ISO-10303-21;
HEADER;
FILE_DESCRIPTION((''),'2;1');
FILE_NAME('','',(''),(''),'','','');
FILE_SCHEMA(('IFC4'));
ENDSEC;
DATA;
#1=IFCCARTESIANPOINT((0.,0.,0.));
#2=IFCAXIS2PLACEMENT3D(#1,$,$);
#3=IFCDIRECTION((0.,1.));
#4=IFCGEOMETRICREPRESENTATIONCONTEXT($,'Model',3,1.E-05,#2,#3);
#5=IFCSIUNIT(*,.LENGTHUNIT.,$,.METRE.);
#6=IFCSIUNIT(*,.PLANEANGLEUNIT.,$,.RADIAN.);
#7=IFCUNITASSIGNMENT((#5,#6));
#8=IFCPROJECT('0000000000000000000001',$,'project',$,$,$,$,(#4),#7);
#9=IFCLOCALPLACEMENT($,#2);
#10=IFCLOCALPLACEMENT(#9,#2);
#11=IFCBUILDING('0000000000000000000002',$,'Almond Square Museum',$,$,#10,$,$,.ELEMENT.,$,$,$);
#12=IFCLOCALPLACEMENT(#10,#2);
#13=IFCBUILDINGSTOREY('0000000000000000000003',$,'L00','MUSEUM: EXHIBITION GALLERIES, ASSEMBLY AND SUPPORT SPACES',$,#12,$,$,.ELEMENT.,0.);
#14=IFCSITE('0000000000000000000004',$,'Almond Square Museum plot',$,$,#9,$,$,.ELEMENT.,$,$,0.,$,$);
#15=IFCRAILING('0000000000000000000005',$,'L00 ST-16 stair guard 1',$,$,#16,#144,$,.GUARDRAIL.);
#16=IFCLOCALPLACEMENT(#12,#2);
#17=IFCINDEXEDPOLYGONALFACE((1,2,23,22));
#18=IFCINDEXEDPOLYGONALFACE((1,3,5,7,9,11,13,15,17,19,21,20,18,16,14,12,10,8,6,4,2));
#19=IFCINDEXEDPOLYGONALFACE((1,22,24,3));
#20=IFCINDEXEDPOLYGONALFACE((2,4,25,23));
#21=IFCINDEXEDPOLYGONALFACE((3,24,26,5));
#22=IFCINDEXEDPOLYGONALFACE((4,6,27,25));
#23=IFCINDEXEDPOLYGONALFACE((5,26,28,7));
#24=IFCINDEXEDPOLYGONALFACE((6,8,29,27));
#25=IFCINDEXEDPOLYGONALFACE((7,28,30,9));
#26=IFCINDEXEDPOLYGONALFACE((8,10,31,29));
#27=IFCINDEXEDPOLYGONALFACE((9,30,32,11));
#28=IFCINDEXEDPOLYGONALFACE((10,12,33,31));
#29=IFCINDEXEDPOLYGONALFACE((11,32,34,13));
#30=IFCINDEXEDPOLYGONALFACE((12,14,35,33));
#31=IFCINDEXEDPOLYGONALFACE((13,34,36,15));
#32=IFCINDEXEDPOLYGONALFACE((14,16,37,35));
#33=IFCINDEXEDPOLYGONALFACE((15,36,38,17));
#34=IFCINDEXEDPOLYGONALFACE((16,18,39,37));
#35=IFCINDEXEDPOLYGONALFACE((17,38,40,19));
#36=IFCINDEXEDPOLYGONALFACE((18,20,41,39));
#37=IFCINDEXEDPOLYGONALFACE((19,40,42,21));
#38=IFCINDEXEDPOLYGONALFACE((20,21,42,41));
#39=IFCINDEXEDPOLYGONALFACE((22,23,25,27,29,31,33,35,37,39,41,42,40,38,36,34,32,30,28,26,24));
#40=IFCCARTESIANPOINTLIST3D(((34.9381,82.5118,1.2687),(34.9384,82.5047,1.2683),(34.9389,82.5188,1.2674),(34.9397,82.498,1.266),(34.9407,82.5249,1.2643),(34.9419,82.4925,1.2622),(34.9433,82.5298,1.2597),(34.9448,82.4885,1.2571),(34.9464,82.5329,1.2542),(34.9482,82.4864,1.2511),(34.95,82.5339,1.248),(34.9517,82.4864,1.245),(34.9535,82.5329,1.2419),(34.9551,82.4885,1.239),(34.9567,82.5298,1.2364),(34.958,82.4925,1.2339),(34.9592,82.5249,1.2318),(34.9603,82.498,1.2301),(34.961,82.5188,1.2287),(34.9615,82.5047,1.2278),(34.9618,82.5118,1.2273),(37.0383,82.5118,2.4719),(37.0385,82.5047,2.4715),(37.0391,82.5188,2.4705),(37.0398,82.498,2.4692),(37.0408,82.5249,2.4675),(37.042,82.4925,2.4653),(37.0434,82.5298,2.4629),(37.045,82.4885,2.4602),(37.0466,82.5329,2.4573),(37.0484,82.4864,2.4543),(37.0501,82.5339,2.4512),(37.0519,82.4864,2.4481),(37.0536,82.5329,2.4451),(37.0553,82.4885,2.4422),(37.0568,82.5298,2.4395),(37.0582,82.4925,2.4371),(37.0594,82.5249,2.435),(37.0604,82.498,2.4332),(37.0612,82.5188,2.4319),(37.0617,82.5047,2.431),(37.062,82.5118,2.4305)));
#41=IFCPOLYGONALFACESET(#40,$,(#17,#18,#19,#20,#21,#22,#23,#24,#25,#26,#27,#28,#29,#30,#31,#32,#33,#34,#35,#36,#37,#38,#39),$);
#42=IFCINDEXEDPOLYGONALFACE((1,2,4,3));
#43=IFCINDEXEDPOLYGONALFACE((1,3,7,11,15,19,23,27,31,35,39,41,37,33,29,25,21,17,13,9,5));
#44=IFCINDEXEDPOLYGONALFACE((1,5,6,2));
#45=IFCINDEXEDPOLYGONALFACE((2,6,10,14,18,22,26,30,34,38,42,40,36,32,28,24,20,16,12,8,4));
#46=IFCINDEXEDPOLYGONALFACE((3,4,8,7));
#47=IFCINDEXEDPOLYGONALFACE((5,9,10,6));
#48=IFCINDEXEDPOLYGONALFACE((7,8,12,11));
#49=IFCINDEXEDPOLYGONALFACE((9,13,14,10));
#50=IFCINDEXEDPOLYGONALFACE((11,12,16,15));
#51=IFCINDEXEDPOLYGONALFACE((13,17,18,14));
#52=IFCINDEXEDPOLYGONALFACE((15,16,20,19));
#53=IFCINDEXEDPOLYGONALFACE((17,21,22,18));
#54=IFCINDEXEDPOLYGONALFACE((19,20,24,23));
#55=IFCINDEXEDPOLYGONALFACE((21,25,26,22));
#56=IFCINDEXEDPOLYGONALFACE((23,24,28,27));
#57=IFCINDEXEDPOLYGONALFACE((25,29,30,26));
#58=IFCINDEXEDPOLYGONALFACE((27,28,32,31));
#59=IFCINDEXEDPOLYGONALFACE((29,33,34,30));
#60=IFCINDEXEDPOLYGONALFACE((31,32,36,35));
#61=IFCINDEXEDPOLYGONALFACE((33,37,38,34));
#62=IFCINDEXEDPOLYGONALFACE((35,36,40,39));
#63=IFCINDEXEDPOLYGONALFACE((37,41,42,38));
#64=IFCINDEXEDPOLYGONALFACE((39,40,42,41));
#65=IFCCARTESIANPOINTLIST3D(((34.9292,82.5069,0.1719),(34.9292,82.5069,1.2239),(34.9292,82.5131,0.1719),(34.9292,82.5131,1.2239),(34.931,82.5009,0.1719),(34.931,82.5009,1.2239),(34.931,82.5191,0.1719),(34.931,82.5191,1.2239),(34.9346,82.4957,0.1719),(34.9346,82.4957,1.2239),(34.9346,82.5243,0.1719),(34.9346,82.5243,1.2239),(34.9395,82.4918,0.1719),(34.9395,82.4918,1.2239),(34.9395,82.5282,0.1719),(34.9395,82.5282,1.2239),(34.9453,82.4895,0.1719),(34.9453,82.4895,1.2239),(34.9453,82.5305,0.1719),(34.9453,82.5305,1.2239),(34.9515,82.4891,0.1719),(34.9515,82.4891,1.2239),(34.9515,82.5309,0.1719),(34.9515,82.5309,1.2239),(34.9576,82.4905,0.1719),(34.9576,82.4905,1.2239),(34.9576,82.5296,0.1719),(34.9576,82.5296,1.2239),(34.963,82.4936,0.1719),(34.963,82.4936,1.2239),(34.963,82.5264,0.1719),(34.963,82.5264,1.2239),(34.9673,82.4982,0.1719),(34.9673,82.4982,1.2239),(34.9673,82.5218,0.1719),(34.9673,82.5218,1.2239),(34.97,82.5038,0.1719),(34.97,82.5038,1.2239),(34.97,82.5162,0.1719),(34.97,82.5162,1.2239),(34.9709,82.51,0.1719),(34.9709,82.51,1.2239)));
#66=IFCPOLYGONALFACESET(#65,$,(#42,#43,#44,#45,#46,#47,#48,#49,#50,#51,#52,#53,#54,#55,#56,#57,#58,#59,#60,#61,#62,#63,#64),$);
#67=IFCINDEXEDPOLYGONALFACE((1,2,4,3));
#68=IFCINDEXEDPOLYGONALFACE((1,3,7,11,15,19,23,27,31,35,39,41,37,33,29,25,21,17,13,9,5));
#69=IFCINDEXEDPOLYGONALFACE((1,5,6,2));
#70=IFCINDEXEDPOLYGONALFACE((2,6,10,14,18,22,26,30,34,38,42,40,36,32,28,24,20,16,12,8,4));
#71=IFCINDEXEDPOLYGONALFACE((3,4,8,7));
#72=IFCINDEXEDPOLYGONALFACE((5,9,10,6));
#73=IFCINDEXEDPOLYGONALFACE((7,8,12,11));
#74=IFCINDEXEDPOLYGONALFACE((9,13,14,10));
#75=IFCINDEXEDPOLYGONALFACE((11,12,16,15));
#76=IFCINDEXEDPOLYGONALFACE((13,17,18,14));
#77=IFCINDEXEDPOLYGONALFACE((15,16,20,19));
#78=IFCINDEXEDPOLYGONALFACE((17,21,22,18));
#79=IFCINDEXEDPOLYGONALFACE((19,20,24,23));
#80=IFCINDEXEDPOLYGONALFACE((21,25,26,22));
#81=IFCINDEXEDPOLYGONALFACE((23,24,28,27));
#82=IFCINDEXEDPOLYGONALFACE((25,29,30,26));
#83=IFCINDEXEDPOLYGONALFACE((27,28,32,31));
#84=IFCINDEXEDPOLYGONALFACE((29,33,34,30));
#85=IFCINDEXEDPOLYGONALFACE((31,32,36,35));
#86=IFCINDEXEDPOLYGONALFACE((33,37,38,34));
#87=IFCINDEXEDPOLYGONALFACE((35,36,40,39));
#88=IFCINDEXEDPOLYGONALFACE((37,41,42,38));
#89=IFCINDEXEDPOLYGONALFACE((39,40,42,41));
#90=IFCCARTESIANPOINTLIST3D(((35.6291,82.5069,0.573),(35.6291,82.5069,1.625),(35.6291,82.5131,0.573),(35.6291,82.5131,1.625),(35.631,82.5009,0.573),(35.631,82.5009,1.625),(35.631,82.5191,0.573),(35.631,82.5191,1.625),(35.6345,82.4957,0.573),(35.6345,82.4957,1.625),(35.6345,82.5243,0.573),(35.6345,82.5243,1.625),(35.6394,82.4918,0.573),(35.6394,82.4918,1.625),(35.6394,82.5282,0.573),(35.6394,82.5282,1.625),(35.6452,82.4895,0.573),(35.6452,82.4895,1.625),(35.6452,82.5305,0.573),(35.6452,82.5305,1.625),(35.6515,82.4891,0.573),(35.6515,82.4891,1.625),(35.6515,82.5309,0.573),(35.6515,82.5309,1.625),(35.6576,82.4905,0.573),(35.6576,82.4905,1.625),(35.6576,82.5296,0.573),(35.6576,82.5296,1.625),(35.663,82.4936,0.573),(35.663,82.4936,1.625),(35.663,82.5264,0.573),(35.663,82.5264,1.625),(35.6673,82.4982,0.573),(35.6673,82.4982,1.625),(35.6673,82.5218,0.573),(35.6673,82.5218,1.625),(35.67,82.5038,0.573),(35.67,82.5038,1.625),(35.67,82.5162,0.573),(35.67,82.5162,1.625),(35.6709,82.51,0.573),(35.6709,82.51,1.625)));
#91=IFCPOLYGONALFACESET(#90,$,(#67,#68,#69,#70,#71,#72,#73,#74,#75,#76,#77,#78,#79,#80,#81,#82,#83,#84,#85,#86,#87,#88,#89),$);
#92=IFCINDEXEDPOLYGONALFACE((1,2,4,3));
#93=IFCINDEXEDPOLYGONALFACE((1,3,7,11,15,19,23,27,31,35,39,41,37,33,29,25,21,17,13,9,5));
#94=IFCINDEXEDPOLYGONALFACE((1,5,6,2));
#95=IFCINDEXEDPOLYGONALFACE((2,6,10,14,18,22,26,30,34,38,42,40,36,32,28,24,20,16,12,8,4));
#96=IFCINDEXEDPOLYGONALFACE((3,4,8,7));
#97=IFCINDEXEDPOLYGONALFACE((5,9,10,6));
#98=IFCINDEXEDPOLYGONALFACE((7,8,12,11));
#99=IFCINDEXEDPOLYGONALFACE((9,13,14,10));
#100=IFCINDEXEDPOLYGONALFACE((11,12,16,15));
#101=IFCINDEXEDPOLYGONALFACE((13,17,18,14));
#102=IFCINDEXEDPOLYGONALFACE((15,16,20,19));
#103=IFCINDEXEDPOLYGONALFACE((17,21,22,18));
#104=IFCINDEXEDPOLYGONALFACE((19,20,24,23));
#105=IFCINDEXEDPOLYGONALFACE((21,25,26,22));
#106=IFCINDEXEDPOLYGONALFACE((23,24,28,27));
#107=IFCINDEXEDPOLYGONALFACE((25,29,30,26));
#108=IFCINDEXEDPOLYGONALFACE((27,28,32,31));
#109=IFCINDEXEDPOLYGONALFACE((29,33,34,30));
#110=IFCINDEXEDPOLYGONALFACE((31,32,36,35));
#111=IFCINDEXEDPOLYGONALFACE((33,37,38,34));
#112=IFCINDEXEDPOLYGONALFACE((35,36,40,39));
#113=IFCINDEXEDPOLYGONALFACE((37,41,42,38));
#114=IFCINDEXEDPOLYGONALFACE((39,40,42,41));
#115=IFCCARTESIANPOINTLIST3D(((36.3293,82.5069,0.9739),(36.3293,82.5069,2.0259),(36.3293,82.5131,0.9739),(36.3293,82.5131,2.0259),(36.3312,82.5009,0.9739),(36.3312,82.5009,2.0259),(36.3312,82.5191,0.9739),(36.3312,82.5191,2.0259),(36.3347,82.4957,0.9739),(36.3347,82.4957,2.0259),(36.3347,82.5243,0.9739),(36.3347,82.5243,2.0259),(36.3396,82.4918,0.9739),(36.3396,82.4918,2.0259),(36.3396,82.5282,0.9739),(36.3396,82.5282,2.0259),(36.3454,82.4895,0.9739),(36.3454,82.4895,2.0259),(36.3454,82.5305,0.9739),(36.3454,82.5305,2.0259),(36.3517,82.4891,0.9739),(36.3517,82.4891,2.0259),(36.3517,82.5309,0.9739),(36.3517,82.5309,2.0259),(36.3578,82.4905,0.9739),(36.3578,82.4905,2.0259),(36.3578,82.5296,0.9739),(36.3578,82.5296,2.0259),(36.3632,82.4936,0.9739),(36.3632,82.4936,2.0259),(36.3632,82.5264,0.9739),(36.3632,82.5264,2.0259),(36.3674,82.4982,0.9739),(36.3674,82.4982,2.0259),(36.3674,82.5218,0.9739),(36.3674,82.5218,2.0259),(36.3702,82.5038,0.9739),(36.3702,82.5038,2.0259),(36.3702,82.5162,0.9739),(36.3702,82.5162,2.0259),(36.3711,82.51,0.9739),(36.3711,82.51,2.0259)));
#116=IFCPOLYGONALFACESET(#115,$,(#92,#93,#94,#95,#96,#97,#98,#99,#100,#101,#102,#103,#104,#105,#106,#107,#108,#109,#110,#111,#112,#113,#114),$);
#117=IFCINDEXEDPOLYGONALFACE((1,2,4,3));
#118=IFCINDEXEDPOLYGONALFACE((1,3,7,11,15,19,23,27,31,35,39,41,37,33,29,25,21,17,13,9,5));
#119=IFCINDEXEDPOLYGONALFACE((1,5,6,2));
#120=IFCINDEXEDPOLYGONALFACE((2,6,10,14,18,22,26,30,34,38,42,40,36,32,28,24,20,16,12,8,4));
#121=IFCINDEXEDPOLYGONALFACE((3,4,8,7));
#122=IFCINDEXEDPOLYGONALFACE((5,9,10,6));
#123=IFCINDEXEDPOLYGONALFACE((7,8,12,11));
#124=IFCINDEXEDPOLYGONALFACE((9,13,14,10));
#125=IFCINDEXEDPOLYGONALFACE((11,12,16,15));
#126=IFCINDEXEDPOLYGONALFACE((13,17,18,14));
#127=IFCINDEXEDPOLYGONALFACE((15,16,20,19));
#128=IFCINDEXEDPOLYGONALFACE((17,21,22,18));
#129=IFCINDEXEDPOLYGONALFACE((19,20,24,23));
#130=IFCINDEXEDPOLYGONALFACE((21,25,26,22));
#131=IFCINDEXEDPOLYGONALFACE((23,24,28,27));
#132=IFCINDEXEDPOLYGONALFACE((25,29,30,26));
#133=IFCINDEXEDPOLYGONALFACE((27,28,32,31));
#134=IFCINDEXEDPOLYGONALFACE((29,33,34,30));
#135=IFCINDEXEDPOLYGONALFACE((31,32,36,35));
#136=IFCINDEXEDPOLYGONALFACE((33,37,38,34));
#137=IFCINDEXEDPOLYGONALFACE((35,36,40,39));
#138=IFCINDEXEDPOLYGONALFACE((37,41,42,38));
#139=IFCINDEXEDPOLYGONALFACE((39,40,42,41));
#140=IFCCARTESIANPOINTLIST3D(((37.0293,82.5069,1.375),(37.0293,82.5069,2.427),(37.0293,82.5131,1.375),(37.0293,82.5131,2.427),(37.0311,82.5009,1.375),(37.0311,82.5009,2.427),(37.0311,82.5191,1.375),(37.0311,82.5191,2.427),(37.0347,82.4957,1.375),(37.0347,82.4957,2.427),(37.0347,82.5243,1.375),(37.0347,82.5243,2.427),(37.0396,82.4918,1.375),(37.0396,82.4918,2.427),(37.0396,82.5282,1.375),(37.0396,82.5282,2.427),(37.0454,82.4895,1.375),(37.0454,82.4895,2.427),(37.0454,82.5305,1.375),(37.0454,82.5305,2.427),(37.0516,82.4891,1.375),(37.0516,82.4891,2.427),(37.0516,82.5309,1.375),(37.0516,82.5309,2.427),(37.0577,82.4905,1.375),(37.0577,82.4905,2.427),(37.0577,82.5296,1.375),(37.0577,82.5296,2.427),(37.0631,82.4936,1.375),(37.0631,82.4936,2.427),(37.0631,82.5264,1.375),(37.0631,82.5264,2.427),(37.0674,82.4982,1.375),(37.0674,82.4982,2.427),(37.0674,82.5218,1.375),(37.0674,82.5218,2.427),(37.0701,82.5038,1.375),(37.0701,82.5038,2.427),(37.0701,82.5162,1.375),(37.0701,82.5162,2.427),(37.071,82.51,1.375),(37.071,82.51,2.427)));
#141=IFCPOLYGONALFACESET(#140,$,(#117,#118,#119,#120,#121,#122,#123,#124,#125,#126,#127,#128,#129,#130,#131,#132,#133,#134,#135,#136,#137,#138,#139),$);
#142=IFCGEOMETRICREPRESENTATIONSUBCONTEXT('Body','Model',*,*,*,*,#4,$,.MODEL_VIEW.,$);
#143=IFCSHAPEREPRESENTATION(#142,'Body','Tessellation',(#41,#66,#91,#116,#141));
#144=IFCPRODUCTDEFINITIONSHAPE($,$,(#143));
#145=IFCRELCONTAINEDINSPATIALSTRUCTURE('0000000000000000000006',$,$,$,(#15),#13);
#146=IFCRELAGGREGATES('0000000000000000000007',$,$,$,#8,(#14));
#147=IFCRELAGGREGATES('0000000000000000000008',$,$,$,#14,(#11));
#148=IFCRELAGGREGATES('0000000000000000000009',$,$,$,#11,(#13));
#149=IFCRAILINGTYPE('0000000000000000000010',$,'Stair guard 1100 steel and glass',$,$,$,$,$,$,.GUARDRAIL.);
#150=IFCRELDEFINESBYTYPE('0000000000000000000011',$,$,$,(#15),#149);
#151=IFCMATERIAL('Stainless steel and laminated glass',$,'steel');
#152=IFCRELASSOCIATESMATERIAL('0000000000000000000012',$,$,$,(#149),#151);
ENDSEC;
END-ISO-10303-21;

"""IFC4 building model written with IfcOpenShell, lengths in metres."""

from ifc_helpers import new_model, si_unit, direction, frame, origin, origin_2d, place, context, subcontext, project, spatial, circle, extrude, material, type_object, element, save


model = new_model("IFC4")

# Units and contexts
model_context = context("Model", 3, precision=1e-05, world=origin(), true_north=direction((0.0, 1.0)))
body_context = subcontext(model_context, "Body", "Model", "MODEL_VIEW")
ifc_project = project(units=[si_unit("LENGTHUNIT", "METRE"), si_unit("PLANEANGLEUNIT", "RADIAN")], contexts=[model_context])

# Site, building, storey
site_placement = place(None, origin())
site = spatial("IfcSite", under=ifc_project, at=site_placement, Name="Almond Square Museum plot", CompositionType="ELEMENT", RefElevation=0.0)
building_placement = place(site_placement, origin())
building = spatial("IfcBuilding", under=site, at=building_placement, Name="Almond Square Museum", CompositionType="ELEMENT")
storey_placement = place(building_placement, origin())
storey = spatial("IfcBuildingStorey", under=building, at=storey_placement, Name="L00", Description="MUSEUM: EXHIBITION GALLERIES, ASSEMBLY AND SUPPORT SPACES", CompositionType="ELEMENT", Elevation=0.0)

# Railing
ifc_material_1 = material(Name="Stainless steel and laminated glass", Category="steel")
railing_type_1 = type_object("IfcRailingType", Name="Stair guard 1100 steel and glass", PredefinedType="GUARDRAIL", material=ifc_material_1)
railing_1_placement = place(storey_placement, frame((34.95, 82.51, 0.1719)))
element("IfcRailing", 1, at=railing_1_placement, inside=storey, type_object=railing_type_1, Name="L00 ST-16 stair guard 1", PredefinedType="GUARDRAIL", context=body_context, shape_type="SweptSolid", body=[
    extrude(circle(Radius=0.0239, at=origin_2d()), frame((0.0, 0.0, 1.0762), z_axis=(0.867696, 0.0, 0.497095), x_axis=(0.0, 1.0, 0.0)), (0.0, 0.0, 1.0), 2.4204),
    extrude(circle(Radius=0.021, at=origin_2d()), origin(), (0.0, 0.0, 1.0), 1.052),
    extrude(circle(Radius=0.021, at=origin_2d()), frame((0.7, 0.0, 0.4011)), (0.0, 0.0, 1.0), 1.052),
    extrude(circle(Radius=0.021, at=origin_2d()), frame((1.4001, 0.0, 0.802)), (0.0, 0.0, 1.0), 1.052),
    extrude(circle(Radius=0.021, at=origin_2d()), frame((2.1001, 0.0, 1.2031)), (0.0, 0.0, 1.0), 1.052),
])

save(model, "model.ifc")
